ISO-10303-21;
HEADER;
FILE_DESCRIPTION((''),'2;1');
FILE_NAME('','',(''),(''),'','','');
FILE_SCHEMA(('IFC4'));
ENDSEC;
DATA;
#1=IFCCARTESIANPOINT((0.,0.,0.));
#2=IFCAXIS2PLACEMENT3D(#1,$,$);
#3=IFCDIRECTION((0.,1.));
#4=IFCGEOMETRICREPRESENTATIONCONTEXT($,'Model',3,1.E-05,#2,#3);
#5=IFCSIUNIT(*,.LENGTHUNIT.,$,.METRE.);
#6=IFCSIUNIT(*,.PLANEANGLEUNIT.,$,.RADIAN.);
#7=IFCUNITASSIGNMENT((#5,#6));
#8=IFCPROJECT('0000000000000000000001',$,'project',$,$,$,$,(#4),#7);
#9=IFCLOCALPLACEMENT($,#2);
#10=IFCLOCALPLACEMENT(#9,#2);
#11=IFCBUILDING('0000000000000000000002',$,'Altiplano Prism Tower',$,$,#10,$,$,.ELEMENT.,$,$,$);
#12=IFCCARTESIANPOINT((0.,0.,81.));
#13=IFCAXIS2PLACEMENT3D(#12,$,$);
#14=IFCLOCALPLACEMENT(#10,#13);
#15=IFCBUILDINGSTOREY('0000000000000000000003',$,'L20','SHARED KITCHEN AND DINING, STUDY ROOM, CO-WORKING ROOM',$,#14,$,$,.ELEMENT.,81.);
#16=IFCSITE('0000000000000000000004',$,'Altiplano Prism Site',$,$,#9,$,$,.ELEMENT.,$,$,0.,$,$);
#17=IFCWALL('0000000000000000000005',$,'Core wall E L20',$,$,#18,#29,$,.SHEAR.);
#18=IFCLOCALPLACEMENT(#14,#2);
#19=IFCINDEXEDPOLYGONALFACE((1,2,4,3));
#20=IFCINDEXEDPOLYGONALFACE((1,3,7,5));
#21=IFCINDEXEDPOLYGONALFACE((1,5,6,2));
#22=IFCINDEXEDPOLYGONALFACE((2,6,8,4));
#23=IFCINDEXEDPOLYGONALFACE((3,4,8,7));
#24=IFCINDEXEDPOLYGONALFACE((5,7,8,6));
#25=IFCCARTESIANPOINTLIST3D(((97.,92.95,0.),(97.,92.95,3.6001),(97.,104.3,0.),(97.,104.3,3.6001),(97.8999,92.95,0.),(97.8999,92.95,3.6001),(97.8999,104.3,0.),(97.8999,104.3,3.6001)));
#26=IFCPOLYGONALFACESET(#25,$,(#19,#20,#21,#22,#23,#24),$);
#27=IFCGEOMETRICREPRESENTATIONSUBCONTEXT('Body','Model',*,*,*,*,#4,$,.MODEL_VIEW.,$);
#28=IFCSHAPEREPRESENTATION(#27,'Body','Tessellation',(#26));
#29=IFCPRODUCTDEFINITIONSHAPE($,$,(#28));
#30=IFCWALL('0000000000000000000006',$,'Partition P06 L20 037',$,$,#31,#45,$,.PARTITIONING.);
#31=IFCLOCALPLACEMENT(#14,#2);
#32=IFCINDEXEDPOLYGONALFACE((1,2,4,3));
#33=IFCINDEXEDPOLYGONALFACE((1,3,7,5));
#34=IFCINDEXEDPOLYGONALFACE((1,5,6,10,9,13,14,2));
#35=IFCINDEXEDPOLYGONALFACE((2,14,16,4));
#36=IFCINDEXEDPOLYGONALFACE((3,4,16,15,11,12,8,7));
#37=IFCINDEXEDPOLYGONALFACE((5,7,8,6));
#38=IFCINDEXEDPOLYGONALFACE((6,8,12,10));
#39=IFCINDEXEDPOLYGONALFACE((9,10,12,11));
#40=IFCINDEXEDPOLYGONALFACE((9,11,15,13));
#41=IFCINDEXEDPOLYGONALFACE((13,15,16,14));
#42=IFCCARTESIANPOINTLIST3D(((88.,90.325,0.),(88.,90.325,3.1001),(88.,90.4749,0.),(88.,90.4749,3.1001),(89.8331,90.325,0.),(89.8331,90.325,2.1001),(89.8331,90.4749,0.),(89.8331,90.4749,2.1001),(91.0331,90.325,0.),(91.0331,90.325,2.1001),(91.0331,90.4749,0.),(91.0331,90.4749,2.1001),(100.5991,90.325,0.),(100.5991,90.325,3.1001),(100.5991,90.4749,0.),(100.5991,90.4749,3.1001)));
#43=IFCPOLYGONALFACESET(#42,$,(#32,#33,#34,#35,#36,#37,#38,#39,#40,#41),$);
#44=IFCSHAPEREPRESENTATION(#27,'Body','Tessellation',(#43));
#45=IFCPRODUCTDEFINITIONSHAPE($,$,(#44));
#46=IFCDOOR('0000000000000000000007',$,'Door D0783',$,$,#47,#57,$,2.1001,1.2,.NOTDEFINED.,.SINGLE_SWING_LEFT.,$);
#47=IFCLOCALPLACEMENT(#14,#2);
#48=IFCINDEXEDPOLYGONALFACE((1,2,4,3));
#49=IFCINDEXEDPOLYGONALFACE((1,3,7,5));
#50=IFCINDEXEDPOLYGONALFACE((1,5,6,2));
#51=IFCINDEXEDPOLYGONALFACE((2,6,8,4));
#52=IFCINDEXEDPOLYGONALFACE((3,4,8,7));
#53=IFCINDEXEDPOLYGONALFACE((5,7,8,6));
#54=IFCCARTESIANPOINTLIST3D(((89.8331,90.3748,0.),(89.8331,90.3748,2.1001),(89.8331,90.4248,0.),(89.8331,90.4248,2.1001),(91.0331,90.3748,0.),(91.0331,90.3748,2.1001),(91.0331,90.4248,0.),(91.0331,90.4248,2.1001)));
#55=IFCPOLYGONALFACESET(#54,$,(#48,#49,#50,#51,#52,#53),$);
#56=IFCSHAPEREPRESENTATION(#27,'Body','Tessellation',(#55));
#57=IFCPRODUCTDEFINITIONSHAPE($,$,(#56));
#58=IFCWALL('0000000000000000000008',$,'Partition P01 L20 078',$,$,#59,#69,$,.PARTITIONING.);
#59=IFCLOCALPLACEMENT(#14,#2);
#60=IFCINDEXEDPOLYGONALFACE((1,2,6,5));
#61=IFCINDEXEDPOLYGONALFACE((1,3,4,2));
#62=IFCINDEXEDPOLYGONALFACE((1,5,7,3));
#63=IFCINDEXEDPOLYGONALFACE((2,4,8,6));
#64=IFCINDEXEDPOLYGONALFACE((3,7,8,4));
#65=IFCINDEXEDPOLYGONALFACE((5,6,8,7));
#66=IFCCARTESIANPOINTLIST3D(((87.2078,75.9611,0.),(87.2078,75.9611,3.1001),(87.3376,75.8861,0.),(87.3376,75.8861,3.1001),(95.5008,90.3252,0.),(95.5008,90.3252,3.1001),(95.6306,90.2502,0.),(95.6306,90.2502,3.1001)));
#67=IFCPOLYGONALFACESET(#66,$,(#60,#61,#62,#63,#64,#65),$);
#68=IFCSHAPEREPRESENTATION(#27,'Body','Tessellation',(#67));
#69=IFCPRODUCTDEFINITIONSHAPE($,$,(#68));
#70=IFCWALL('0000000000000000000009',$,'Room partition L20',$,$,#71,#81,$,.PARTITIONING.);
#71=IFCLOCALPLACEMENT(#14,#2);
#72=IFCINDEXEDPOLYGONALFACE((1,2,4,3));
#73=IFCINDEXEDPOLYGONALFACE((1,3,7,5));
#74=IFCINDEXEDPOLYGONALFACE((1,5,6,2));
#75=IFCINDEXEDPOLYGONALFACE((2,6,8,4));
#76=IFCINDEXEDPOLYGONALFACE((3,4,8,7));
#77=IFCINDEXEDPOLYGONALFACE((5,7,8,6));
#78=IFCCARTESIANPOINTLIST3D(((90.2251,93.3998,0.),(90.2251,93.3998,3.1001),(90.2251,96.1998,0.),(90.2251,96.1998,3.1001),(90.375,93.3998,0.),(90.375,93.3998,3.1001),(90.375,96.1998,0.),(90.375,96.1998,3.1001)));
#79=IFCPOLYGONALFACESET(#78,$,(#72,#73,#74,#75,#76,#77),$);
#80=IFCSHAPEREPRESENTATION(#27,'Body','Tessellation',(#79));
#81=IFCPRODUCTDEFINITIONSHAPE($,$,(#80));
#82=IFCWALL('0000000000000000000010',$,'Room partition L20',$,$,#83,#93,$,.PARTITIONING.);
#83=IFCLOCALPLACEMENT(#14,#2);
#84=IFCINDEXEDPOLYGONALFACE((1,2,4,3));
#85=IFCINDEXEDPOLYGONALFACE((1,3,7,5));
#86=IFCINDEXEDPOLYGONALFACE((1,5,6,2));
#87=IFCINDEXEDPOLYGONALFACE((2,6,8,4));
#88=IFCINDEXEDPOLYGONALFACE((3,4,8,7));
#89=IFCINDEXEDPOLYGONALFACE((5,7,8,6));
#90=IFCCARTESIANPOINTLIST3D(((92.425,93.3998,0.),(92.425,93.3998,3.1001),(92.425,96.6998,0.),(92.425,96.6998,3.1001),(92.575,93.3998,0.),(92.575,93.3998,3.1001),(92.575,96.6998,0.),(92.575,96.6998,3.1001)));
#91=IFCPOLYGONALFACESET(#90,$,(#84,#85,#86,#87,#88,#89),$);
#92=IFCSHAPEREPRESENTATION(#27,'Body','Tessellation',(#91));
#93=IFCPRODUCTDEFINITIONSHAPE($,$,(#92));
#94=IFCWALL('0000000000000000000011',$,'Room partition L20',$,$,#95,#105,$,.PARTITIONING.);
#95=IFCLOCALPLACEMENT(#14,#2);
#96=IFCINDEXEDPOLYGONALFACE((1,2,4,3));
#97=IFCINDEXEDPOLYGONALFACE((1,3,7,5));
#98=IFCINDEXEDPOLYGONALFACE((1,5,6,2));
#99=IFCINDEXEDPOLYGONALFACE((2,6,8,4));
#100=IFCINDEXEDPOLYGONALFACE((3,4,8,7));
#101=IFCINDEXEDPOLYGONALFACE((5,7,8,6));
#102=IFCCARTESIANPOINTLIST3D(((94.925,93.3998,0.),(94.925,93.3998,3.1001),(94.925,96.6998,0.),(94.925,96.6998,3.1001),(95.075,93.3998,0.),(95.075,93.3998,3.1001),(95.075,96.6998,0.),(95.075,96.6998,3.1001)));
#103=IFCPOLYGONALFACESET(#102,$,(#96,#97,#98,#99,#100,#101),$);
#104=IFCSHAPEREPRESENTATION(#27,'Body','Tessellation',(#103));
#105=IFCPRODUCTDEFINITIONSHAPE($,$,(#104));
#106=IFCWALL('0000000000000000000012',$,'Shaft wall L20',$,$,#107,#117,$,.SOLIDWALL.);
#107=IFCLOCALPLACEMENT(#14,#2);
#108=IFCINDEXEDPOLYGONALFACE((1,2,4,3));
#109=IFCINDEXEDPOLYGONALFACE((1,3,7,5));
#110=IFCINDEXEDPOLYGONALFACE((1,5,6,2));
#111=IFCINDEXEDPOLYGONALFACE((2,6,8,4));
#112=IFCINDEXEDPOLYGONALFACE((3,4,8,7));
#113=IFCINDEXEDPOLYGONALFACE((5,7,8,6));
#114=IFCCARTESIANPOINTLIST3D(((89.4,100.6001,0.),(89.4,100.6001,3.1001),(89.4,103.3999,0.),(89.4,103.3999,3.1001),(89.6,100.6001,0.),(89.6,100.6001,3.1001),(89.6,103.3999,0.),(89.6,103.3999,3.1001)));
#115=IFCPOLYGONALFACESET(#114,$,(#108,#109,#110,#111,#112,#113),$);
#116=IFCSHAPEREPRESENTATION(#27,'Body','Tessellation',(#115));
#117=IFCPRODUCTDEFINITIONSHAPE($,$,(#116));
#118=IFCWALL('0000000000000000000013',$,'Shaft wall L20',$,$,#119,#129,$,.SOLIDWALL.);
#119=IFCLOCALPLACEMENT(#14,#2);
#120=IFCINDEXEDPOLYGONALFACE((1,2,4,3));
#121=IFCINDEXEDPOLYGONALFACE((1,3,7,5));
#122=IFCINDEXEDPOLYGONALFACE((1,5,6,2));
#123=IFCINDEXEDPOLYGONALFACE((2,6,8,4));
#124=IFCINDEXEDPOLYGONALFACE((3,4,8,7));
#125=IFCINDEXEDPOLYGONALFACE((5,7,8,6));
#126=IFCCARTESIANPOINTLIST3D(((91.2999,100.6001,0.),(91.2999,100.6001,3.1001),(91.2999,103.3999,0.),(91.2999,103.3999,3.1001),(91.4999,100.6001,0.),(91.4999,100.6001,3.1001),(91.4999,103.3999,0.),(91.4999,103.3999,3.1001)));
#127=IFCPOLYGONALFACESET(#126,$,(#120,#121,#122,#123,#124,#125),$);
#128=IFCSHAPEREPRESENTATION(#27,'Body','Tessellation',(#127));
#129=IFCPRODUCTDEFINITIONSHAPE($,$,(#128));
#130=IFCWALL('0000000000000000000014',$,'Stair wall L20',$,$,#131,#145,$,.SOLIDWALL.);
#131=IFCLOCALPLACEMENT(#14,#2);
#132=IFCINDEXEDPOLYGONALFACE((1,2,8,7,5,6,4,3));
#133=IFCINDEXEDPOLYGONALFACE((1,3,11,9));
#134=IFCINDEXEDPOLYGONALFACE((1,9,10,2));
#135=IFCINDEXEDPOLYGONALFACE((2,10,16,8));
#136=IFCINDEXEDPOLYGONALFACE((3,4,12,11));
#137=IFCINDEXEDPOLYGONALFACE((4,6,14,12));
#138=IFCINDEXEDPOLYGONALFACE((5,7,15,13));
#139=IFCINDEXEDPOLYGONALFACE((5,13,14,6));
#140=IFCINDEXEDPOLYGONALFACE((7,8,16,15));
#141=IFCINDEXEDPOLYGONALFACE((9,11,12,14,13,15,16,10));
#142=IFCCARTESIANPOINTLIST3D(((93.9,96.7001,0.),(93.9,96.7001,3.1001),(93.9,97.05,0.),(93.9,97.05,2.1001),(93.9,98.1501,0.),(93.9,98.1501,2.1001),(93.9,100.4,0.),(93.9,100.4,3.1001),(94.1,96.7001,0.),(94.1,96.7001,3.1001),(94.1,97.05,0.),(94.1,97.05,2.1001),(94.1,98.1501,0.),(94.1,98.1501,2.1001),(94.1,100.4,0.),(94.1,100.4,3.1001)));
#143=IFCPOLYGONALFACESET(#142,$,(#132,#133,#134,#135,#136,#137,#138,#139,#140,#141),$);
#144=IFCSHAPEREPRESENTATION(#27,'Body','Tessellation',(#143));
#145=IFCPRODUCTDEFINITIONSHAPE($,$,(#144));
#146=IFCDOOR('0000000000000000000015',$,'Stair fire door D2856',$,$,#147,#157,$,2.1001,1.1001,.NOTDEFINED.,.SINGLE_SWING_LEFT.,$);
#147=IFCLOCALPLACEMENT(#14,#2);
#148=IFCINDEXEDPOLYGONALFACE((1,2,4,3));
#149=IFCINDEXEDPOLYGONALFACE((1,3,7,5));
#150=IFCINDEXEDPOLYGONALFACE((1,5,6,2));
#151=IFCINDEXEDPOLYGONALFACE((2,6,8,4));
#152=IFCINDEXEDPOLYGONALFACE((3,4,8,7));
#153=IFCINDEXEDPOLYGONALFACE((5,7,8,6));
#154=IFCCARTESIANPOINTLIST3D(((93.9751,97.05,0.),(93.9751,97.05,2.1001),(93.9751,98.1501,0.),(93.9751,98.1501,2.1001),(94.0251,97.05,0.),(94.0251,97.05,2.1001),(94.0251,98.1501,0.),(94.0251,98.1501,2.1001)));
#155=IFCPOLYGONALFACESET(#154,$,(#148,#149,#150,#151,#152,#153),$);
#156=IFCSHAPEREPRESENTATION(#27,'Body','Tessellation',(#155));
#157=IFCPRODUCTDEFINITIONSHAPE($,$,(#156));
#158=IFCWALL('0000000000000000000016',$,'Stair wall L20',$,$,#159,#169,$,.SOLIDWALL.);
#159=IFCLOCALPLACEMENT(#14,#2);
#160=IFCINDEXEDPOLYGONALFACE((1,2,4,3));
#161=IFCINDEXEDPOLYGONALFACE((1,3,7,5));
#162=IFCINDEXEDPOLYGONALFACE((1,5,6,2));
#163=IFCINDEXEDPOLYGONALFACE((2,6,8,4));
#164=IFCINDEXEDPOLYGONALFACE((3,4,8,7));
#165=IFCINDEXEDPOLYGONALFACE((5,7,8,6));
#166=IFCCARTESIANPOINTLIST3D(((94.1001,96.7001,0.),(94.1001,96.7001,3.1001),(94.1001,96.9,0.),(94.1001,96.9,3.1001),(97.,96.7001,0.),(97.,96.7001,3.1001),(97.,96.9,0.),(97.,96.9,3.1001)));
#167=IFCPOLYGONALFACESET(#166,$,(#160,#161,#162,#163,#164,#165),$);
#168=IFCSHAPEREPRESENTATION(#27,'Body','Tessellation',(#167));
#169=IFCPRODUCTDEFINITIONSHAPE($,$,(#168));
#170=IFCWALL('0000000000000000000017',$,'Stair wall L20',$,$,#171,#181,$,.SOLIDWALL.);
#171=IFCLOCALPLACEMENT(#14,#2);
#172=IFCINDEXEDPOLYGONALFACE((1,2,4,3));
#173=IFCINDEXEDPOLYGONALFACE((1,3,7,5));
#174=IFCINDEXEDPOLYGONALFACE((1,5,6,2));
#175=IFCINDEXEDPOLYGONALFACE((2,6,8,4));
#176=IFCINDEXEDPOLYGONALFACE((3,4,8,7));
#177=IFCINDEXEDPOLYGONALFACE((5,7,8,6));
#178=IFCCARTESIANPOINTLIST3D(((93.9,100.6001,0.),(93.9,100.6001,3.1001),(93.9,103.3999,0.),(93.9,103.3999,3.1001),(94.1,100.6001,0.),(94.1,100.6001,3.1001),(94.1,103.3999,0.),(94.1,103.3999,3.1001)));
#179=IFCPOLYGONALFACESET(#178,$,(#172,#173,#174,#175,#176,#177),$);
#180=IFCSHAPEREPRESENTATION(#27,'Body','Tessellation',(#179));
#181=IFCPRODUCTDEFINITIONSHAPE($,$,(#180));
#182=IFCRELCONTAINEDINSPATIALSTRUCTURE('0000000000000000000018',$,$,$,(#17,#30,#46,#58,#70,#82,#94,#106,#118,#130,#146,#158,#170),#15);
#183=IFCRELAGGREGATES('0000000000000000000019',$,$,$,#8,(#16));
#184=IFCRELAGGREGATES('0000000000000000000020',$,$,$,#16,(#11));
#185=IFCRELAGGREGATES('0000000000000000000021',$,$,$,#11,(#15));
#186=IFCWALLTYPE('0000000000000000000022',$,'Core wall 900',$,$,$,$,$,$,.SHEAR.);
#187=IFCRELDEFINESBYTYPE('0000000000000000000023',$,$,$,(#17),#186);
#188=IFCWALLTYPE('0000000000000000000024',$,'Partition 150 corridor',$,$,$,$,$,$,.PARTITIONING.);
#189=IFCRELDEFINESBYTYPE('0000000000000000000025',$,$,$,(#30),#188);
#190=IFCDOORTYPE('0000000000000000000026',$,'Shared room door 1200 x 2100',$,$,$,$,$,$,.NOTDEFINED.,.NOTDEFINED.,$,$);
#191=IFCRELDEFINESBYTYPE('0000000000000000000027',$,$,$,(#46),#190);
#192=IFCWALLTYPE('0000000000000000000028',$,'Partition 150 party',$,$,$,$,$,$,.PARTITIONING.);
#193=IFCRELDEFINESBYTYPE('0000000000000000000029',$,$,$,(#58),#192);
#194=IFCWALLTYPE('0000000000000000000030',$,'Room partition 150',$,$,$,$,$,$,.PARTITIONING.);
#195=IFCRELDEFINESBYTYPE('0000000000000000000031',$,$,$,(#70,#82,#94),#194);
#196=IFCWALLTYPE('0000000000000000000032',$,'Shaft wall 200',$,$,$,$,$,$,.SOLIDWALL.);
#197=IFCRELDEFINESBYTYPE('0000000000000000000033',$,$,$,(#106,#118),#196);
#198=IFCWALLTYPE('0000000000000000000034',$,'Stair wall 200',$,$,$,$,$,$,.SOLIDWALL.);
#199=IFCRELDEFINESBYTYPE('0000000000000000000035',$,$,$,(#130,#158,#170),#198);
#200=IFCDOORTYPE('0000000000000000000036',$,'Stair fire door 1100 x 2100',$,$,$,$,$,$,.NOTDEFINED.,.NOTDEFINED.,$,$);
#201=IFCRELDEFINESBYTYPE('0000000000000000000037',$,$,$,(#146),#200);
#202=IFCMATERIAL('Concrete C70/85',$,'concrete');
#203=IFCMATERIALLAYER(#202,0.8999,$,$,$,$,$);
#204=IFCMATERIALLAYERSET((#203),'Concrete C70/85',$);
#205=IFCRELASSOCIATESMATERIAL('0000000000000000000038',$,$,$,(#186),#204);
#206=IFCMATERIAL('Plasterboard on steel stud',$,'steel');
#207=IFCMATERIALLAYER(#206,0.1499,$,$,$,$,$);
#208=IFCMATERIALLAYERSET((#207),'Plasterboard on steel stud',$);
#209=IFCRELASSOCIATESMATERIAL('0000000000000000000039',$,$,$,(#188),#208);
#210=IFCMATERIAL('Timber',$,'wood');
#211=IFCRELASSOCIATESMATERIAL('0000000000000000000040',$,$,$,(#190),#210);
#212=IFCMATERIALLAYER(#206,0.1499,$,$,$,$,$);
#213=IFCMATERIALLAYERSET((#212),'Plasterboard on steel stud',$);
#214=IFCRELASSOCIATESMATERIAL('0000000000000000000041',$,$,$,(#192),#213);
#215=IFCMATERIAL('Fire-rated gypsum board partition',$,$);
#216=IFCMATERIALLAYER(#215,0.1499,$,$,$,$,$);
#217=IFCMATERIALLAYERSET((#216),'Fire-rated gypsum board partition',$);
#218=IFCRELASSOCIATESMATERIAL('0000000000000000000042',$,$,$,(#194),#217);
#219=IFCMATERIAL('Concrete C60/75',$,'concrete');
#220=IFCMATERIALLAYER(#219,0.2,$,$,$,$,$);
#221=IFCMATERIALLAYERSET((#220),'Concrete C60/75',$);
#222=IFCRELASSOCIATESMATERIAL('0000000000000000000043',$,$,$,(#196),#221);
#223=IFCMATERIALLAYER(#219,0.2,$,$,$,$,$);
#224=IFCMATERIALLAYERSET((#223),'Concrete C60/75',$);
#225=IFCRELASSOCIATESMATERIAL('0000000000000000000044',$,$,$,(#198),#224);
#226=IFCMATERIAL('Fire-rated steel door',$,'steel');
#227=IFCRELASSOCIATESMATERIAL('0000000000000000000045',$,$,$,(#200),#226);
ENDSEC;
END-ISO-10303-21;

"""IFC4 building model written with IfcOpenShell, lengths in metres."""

from ifc_helpers import new_model, si_unit, direction, frame, frame_2d, origin, place, context, subcontext, project, spatial, rectangle, extrude, material, layer, layer_set, type_object, element, fill, save


model = new_model("IFC4")

# Units and contexts
model_context = context("Model", 3, precision=1e-05, world=origin(), true_north=direction((0.0, 1.0)))
body_context = subcontext(model_context, "Body", "Model", "MODEL_VIEW")
ifc_project = project(units=[si_unit("LENGTHUNIT", "METRE"), si_unit("PLANEANGLEUNIT", "RADIAN")], contexts=[model_context])

# Site, building, storey
site_placement = place(None, origin())
site = spatial("IfcSite", under=ifc_project, at=site_placement, Name="Altiplano Prism Site", CompositionType="ELEMENT", RefElevation=0.0)
building_placement = place(site_placement, origin())
building = spatial("IfcBuilding", under=site, at=building_placement, Name="Altiplano Prism Tower", CompositionType="ELEMENT")
storey_placement = place(building_placement, frame((0.0, 0.0, 81.0)))
storey = spatial("IfcBuildingStorey", under=building, at=storey_placement, Name="L20", Description="SHARED KITCHEN AND DINING, STUDY ROOM, CO-WORKING ROOM", CompositionType="ELEMENT", Elevation=81.0)

# Wall
ifc_material_1 = material(Name="Concrete C70/85", Category="concrete")
ifc_layer_1 = layer(ifc_material_1, 0.8999)
ifc_layer_set_1 = layer_set([ifc_layer_1], Name="Concrete C70/85")
wall_type_1 = type_object("IfcWallType", Name="Core wall 900", PredefinedType="SHEAR", material=ifc_layer_set_1)
wall_1_placement = place(storey_placement, frame((97.45, 92.95, 0.0), z_axis=(0.0, 0.0, 1.0), x_axis=(0.0, 1.0, 0.0)))
element("IfcWall", 1, at=wall_1_placement, inside=storey, type_object=wall_type_1, Name="Core wall E L20", PredefinedType="SHEAR", context=body_context, shape_type="SweptSolid", body=[
    extrude(rectangle(XDim=11.3501, YDim=0.8999, at=frame_2d((5.675, 0.0))), origin(), (0.0, 0.0, 1.0), 3.6001),
])

# Wall, opening, door
ifc_material_2 = material(Name="Plasterboard on steel stud", Category="steel")
ifc_layer_2 = layer(ifc_material_2, 0.1499)
ifc_layer_set_2 = layer_set([ifc_layer_2], Name="Plasterboard on steel stud")
wall_type_2 = type_object("IfcWallType", Name="Partition 150 corridor", PredefinedType="PARTITIONING", material=ifc_layer_set_2)
wall_2_placement = place(storey_placement, frame((88.0, 90.3999, 0.0), z_axis=(0.0, 0.0, 1.0), x_axis=(1.0, 0.0, 0.0)))
wall_2 = element("IfcWall", 2, at=wall_2_placement, inside=storey, type_object=wall_type_2, Name="Partition P06 L20 037", PredefinedType="PARTITIONING", context=body_context, shape_type="SweptSolid", body=[
    extrude(rectangle(XDim=12.5991, YDim=0.1499, at=frame_2d((6.2996, 0.0))), origin(), (0.0, 0.0, 1.0), 3.1001),
])
opening_1_placement = place(wall_2_placement, frame((1.833, 0.0, 0.0)))
opening_1 = element("IfcOpeningElement", 3, at=opening_1_placement, cuts=wall_2, PredefinedType="OPENING", context=body_context, shape_type="SweptSolid", body=[
    extrude(rectangle(XDim=1.2, YDim=2.1001, at=frame_2d((0.6001, 1.05))), frame((0.0, 0.0854, 0.0), z_axis=(0.0, -1.0, 0.0), x_axis=(1.0, 0.0, 0.0)), (0.0, 0.0, 1.0), 0.1709),
])
ifc_material_3 = material(Name="Timber", Category="wood")
door_type_1 = type_object("IfcDoorType", Name="Shared room door 1200 x 2100", OperationType="NOTDEFINED", PredefinedType="NOTDEFINED", material=ifc_material_3)
door_1_placement = place(opening_1_placement, origin())
door_1 = element("IfcDoor", 4, at=door_1_placement, inside=storey, type_object=door_type_1, Name="Door D0783", OperationType="SINGLE_SWING_LEFT", OverallHeight=2.1001, OverallWidth=1.2, PredefinedType="NOTDEFINED", context=body_context, shape_type="SweptSolid", body=[
    extrude(rectangle(XDim=1.2, YDim=2.1001, at=frame_2d((0.6001, 1.05))), frame((0.0, 0.0249, 0.0), z_axis=(0.0, -1.0, 0.0), x_axis=(1.0, 0.0, 0.0)), (0.0, 0.0, 1.0), 0.05),
])
fill(opening_1, door_1)

# Walls
ifc_layer_3 = layer(ifc_material_2, 0.1499)
ifc_layer_set_3 = layer_set([ifc_layer_3], Name="Plasterboard on steel stud")
wall_type_3 = type_object("IfcWallType", Name="Partition 150 party", PredefinedType="PARTITIONING", material=ifc_layer_set_3)
wall_3_placement = place(storey_placement, frame((95.5657, 90.2876, 0.0), z_axis=(0.0, 0.0, 1.0), x_axis=(-0.499996, -0.866028, 0.0)))
element("IfcWall", 5, at=wall_3_placement, inside=storey, type_object=wall_type_3, Name="Partition P01 L20 078", PredefinedType="PARTITIONING", context=body_context, shape_type="SweptSolid", body=[
    extrude(rectangle(XDim=16.5862, YDim=0.1499, at=frame_2d((8.293, 0.0))), origin(), (0.0, 0.0, 1.0), 3.1001),
])
ifc_material_4 = material(Name="Fire-rated gypsum board partition")
ifc_layer_4 = layer(ifc_material_4, 0.1499)
ifc_layer_set_4 = layer_set([ifc_layer_4], Name="Fire-rated gypsum board partition")
wall_type_4 = type_object("IfcWallType", Name="Room partition 150", PredefinedType="PARTITIONING", material=ifc_layer_set_4)
wall_4_placement = place(storey_placement, frame((90.3, 93.3999, 0.0), z_axis=(0.0, 0.0, 1.0), x_axis=(0.0, 1.0, 0.0)))
element("IfcWall", 6, at=wall_4_placement, inside=storey, type_object=wall_type_4, Name="Room partition L20", PredefinedType="PARTITIONING", context=body_context, shape_type="SweptSolid", body=[
    extrude(rectangle(XDim=2.8, YDim=0.1499, at=frame_2d((1.3999, 0.0))), origin(), (0.0, 0.0, 1.0), 3.1001),
])
for number, where, z_axis, x_axis, name in (
    (7, (92.5, 93.3999, 0.0), (0.0, 0.0, 1.0), (0.0, 1.0, 0.0), "Room partition L20"),
    (8, (95.0, 93.3999, 0.0), (0.0, 0.0, 1.0), (0.0, 1.0, 0.0), "Room partition L20"),
):
    element("IfcWall", number, at=place(storey_placement, frame(where, z_axis=z_axis, x_axis=x_axis)), inside=storey, type_object=wall_type_4, Name=name, PredefinedType="PARTITIONING", context=body_context, shape_type="SweptSolid", body=[
        extrude(rectangle(XDim=3.3, YDim=0.1499, at=frame_2d((1.6499, 0.0))), origin(), (0.0, 0.0, 1.0), 3.1001),
    ])
ifc_material_5 = material(Name="Concrete C60/75", Category="concrete")
ifc_layer_5 = layer(ifc_material_5, 0.2)
ifc_layer_set_5 = layer_set([ifc_layer_5], Name="Concrete C60/75")
wall_type_5 = type_object("IfcWallType", Name="Shaft wall 200", PredefinedType="SOLIDWALL", material=ifc_layer_set_5)
for number, where, z_axis, x_axis, name in (
    (9, (89.5, 100.6001, 0.0), (0.0, 0.0, 1.0), (0.0, 1.0, 0.0), "Shaft wall L20"),
    (10, (91.3999, 100.6001, 0.0), (0.0, 0.0, 1.0), (0.0, 1.0, 0.0), "Shaft wall L20"),
):
    element("IfcWall", number, at=place(storey_placement, frame(where, z_axis=z_axis, x_axis=x_axis)), inside=storey, type_object=wall_type_5, Name=name, PredefinedType="SOLIDWALL", context=body_context, shape_type="SweptSolid", body=[
        extrude(rectangle(XDim=2.7998, YDim=0.2, at=frame_2d((1.3999, 0.0))), origin(), (0.0, 0.0, 1.0), 3.1001),
    ])

# Wall, opening, door
ifc_layer_6 = layer(ifc_material_5, 0.2)
ifc_layer_set_6 = layer_set([ifc_layer_6], Name="Concrete C60/75")
wall_type_6 = type_object("IfcWallType", Name="Stair wall 200", PredefinedType="SOLIDWALL", material=ifc_layer_set_6)
wall_5_placement = place(storey_placement, frame((94.0, 96.7, 0.0), z_axis=(0.0, 0.0, 1.0), x_axis=(0.0, 1.0, 0.0)))
wall_5 = element("IfcWall", 11, at=wall_5_placement, inside=storey, type_object=wall_type_6, Name="Stair wall L20", PredefinedType="SOLIDWALL", context=body_context, shape_type="SweptSolid", body=[
    extrude(rectangle(XDim=3.7, YDim=0.2, at=frame_2d((1.8501, 0.0))), origin(), (0.0, 0.0, 1.0), 3.1001),
])
opening_2_placement = place(wall_5_placement, frame((0.3501, 0.0, 0.0)))
opening_2 = element("IfcOpeningElement", 12, at=opening_2_placement, cuts=wall_5, PredefinedType="OPENING", context=body_context, shape_type="SweptSolid", body=[
    extrude(rectangle(XDim=1.1001, YDim=2.1001, at=frame_2d((0.55, 1.05))), frame((0.0, 0.1104, 0.0), z_axis=(0.0, -1.0, 0.0), x_axis=(1.0, 0.0, 0.0)), (0.0, 0.0, 1.0), 0.2209),
])
ifc_material_6 = material(Name="Fire-rated steel door", Category="steel")
door_type_2 = type_object("IfcDoorType", Name="Stair fire door 1100 x 2100", OperationType="NOTDEFINED", PredefinedType="NOTDEFINED", material=ifc_material_6)
door_2_placement = place(opening_2_placement, origin())
door_2 = element("IfcDoor", 13, at=door_2_placement, inside=storey, type_object=door_type_2, Name="Stair fire door D2856", OperationType="SINGLE_SWING_LEFT", OverallHeight=2.1001, OverallWidth=1.1001, PredefinedType="NOTDEFINED", context=body_context, shape_type="SweptSolid", body=[
    extrude(rectangle(XDim=1.1001, YDim=2.1001, at=frame_2d((0.55, 1.05))), frame((0.0, 0.0249, 0.0), z_axis=(0.0, -1.0, 0.0), x_axis=(1.0, 0.0, 0.0)), (0.0, 0.0, 1.0), 0.05),
])
fill(opening_2, door_2)

# Walls
wall_6_placement = place(storey_placement, frame((94.1001, 96.8, 0.0), z_axis=(0.0, 0.0, 1.0), x_axis=(1.0, 0.0, 0.0)))
element("IfcWall", 14, at=wall_6_placement, inside=storey, type_object=wall_type_6, Name="Stair wall L20", PredefinedType="SOLIDWALL", context=body_context, shape_type="SweptSolid", body=[
    extrude(rectangle(XDim=2.8999, YDim=0.2, at=frame_2d((1.45, 0.0))), origin(), (0.0, 0.0, 1.0), 3.1001),
])
wall_7_placement = place(storey_placement, frame((94.0, 100.6001, 0.0), z_axis=(0.0, 0.0, 1.0), x_axis=(0.0, 1.0, 0.0)))
element("IfcWall", 15, at=wall_7_placement, inside=storey, type_object=wall_type_6, Name="Stair wall L20", PredefinedType="SOLIDWALL", context=body_context, shape_type="SweptSolid", body=[
    extrude(rectangle(XDim=2.7998, YDim=0.2, at=frame_2d((1.3999, 0.0))), origin(), (0.0, 0.0, 1.0), 3.1001),
])

save(model, "model.ifc")
